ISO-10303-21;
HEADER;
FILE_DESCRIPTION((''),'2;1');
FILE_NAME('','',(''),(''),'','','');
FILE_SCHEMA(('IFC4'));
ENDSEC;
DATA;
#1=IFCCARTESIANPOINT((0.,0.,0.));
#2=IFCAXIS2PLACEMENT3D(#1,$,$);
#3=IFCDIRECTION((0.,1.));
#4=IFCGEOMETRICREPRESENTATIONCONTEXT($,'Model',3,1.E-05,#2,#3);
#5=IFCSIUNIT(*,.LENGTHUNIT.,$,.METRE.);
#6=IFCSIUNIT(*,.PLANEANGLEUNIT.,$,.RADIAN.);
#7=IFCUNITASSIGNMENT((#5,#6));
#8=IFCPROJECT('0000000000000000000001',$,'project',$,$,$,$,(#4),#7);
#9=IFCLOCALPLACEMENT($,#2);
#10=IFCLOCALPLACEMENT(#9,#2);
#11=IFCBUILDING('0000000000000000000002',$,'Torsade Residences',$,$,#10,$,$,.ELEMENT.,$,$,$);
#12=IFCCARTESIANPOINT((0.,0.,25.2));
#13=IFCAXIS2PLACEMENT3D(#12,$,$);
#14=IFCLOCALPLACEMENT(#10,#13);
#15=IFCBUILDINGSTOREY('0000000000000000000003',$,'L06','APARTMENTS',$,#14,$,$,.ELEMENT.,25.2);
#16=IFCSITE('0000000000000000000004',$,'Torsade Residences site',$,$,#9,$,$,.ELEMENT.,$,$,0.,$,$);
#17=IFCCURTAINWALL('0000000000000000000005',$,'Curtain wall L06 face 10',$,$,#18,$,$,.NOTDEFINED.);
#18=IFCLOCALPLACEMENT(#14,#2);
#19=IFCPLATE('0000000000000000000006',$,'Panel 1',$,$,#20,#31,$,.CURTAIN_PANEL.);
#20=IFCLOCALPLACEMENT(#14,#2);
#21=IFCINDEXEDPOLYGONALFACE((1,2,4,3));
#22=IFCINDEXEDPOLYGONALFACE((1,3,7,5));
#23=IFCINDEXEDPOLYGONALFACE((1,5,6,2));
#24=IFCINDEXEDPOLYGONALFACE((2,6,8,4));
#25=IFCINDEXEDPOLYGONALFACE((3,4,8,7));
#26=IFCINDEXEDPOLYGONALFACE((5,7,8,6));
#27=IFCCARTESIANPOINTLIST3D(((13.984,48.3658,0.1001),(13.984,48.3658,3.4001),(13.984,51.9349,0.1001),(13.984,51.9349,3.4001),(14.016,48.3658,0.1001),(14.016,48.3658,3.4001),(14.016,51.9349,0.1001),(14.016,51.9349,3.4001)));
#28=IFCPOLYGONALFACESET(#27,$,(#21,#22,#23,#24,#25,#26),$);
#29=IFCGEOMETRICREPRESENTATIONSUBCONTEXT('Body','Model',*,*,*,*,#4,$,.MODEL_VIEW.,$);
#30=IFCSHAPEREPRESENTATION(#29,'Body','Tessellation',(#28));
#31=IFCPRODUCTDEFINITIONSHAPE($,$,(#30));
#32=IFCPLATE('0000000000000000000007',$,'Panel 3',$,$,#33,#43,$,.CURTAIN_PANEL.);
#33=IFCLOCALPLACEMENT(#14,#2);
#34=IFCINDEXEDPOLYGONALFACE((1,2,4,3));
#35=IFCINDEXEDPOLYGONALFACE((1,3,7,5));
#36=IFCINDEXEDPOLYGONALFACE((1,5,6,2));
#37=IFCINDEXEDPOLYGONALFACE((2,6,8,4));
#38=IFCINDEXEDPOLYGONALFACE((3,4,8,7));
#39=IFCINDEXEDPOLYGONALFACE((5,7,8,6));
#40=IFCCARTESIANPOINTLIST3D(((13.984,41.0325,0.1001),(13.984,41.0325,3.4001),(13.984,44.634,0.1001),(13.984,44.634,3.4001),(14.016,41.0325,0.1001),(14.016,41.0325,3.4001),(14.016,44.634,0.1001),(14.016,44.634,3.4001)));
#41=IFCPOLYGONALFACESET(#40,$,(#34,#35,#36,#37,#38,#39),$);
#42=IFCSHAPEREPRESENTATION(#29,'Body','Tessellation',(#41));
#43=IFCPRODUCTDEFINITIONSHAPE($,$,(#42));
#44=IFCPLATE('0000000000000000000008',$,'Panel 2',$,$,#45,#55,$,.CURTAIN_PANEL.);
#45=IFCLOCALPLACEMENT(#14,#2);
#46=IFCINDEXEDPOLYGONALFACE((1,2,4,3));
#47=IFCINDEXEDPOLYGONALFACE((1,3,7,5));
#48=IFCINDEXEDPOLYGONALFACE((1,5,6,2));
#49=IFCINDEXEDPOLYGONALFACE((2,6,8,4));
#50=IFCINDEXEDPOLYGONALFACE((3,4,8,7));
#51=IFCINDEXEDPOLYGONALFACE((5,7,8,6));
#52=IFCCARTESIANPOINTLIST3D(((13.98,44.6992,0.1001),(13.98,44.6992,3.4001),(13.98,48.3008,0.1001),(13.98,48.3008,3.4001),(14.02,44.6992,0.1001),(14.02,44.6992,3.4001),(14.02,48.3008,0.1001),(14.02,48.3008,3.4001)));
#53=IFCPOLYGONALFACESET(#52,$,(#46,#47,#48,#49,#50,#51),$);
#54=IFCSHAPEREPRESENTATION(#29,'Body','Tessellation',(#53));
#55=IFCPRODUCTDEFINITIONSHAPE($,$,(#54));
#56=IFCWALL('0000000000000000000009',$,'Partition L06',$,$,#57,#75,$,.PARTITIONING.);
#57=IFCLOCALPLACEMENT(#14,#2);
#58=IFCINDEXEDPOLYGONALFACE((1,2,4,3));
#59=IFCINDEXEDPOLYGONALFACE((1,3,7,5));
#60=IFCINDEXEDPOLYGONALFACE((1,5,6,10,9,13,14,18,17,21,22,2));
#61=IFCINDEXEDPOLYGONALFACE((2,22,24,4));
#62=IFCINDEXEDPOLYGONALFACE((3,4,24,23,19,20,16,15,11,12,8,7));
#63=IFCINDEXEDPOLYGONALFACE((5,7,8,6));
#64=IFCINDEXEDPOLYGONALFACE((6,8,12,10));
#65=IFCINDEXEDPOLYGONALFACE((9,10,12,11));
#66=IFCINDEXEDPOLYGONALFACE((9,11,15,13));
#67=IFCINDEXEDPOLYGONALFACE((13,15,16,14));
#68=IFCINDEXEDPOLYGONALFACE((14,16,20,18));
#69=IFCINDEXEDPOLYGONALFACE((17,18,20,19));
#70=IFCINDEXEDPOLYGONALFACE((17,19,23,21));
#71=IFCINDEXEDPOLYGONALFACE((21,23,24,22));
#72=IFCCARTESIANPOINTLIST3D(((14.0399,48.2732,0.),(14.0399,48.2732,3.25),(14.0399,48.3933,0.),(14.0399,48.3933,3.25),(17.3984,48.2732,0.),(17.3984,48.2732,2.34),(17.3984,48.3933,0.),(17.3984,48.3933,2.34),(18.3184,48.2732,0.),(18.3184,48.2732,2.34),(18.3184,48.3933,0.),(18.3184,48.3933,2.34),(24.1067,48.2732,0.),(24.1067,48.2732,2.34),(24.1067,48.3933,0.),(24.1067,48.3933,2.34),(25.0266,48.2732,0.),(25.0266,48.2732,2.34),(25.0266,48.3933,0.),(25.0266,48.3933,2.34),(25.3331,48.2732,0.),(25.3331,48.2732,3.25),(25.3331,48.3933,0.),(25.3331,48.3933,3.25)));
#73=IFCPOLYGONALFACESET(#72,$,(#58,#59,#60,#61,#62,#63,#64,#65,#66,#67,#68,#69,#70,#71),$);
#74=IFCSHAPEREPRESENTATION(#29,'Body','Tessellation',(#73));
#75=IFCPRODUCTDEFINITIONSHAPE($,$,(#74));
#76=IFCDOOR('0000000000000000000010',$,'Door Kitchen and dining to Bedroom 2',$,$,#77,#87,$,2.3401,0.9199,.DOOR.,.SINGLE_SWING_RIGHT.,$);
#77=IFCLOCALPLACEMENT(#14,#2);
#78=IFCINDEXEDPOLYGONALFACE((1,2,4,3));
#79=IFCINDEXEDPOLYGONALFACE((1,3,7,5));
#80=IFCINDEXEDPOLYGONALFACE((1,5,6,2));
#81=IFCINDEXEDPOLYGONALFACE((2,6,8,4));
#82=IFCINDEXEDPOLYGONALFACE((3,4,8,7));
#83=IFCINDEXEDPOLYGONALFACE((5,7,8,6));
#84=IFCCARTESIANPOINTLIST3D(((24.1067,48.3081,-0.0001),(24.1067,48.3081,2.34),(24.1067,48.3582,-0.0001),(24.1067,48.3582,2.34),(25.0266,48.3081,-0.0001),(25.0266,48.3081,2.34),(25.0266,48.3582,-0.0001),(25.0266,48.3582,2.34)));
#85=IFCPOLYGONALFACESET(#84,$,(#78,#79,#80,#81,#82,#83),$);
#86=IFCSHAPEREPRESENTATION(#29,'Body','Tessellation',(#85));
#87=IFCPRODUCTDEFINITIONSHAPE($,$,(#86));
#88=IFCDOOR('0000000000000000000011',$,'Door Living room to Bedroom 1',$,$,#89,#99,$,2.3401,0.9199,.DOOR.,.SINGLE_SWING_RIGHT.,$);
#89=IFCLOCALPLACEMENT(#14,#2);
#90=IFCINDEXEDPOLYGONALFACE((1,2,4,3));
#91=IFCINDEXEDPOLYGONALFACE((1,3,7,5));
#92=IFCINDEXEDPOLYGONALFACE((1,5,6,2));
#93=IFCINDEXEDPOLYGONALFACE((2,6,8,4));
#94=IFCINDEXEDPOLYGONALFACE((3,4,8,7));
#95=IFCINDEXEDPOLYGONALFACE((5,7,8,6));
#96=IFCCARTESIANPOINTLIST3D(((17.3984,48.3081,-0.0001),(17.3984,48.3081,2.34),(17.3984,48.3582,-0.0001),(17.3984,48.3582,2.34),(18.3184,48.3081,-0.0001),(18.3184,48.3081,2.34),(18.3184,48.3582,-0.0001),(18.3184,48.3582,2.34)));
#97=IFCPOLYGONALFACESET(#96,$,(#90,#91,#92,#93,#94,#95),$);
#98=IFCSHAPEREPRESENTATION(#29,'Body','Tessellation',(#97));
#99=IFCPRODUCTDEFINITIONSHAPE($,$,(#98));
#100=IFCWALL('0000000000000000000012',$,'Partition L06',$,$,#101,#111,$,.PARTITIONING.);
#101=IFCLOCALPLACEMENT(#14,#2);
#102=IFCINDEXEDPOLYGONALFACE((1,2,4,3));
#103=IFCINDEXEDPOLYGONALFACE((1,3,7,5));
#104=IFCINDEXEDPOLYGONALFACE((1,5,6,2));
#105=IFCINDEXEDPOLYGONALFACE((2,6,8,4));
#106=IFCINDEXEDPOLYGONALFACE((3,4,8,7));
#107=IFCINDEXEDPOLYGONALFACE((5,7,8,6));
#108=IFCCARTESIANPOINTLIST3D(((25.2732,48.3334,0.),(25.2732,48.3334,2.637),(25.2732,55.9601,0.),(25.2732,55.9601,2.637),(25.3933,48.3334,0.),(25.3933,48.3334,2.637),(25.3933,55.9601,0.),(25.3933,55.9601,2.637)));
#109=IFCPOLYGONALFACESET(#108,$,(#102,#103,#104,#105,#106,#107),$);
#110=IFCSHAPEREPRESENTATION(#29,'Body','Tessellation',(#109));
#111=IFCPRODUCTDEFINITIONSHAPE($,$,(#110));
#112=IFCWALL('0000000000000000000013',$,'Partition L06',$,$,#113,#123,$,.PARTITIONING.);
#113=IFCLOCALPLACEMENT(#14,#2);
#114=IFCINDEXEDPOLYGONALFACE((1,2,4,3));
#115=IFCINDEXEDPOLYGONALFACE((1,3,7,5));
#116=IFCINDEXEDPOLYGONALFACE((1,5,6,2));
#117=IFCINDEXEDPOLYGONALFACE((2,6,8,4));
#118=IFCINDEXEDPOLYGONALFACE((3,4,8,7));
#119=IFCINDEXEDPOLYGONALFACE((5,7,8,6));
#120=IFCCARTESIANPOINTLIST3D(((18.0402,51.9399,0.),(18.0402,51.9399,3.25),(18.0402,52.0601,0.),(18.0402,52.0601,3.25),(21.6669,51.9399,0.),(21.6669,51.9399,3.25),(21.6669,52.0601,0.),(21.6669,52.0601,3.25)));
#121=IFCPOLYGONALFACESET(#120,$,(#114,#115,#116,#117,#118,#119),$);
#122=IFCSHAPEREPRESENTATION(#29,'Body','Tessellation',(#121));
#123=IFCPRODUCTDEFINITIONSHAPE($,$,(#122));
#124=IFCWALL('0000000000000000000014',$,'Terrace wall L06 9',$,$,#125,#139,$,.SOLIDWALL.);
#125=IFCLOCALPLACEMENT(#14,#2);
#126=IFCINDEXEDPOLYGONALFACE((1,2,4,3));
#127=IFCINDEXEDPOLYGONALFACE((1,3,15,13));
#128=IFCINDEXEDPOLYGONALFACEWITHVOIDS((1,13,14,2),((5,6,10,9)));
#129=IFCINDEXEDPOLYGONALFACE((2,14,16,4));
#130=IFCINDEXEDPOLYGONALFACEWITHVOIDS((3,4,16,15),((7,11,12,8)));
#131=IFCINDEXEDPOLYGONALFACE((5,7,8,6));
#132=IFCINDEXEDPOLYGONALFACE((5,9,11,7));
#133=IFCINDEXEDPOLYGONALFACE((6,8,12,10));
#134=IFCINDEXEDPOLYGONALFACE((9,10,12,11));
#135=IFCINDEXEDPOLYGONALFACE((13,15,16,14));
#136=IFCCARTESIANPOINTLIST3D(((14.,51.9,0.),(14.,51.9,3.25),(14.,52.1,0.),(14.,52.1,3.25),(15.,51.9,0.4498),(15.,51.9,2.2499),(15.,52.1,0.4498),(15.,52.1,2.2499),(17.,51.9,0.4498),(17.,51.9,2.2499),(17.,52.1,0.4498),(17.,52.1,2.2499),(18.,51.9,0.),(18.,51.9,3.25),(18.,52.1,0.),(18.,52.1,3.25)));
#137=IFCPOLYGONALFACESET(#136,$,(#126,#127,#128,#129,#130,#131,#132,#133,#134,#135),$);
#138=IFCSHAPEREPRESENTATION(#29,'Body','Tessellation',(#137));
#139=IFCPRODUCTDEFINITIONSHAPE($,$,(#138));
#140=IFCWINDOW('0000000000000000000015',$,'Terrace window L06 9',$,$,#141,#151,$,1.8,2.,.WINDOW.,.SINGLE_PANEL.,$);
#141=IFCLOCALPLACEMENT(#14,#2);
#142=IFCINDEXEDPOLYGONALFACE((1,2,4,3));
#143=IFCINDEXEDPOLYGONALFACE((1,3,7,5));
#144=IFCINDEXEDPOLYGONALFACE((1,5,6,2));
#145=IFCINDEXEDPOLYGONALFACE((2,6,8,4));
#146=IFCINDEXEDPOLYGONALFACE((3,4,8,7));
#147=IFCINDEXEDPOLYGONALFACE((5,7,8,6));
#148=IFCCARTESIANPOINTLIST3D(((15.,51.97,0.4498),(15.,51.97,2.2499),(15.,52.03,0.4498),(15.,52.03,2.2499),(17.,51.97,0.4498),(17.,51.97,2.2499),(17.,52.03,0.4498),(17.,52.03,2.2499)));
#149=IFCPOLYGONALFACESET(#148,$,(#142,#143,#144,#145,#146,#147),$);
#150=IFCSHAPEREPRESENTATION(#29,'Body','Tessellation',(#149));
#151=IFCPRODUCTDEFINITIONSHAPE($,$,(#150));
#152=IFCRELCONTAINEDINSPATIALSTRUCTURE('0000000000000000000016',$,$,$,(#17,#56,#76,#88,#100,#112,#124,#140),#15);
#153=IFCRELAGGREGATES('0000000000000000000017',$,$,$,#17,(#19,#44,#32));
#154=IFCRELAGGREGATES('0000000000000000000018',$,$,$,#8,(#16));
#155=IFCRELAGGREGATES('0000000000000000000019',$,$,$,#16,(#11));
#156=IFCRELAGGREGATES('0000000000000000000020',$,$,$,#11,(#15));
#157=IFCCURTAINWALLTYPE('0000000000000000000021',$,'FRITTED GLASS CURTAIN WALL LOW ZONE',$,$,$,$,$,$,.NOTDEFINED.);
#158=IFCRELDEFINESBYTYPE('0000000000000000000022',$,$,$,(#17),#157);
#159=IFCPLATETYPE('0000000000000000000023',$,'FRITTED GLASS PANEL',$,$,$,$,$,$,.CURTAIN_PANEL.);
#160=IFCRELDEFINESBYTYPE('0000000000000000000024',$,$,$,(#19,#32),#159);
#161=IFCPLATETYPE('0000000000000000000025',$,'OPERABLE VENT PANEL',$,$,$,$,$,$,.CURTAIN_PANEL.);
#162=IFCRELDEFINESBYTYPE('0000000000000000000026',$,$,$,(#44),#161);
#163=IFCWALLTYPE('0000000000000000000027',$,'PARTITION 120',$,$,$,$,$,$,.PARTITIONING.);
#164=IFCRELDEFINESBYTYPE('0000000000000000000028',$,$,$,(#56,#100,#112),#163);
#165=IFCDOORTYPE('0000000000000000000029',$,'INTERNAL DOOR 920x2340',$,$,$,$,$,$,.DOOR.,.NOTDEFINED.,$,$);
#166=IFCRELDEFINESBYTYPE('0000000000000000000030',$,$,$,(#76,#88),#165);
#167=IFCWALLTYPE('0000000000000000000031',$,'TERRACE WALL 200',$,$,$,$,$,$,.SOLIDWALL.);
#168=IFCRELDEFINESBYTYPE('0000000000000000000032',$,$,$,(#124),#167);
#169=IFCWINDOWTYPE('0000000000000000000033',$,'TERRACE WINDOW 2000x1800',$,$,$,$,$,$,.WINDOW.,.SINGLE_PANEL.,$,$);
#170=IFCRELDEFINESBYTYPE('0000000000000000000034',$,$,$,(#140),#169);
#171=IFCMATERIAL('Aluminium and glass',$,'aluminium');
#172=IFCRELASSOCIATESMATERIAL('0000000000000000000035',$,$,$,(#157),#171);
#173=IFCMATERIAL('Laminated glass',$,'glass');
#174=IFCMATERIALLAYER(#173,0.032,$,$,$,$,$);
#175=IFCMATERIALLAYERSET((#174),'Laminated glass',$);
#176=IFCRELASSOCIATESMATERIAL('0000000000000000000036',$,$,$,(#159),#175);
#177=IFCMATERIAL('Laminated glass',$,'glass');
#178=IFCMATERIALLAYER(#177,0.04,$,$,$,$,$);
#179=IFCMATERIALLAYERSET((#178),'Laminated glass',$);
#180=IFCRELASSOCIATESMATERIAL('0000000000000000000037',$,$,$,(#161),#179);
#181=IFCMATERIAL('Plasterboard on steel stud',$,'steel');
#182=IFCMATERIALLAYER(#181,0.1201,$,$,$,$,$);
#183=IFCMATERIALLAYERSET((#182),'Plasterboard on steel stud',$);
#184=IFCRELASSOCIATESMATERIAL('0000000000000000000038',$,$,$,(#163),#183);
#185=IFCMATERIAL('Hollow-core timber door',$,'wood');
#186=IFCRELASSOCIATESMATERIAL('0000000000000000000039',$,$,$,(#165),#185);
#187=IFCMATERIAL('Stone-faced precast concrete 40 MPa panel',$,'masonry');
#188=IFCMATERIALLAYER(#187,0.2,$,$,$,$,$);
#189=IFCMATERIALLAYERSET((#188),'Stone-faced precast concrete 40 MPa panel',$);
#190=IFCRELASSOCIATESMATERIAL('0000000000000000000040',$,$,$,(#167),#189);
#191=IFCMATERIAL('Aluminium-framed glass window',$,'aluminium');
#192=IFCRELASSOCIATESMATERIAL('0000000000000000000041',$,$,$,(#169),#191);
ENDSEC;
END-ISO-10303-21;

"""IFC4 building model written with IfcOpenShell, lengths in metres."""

from ifc_helpers import new_model, si_unit, direction, frame, frame_2d, origin, origin_2d, place, context, subcontext, project, spatial, rectangle, extrude, material, layer, layer_set, type_object, element, fill, aggregate, save


model = new_model("IFC4")

# Units and contexts
model_context = context("Model", 3, precision=1e-05, world=origin(), true_north=direction((0.0, 1.0)))
body_context = subcontext(model_context, "Body", "Model", "MODEL_VIEW")
ifc_project = project(units=[si_unit("LENGTHUNIT", "METRE"), si_unit("PLANEANGLEUNIT", "RADIAN")], contexts=[model_context])

# Site, building, storey
site_placement = place(None, origin())
site = spatial("IfcSite", under=ifc_project, at=site_placement, Name="Torsade Residences site", CompositionType="ELEMENT", RefElevation=0.0)
building_placement = place(site_placement, origin())
building = spatial("IfcBuilding", under=site, at=building_placement, Name="Torsade Residences", CompositionType="ELEMENT")
storey_placement = place(building_placement, frame((0.0, 0.0, 25.2)))
storey = spatial("IfcBuildingStorey", under=building, at=storey_placement, Name="L06", Description="APARTMENTS", CompositionType="ELEMENT", Elevation=25.2)

# Curtain wall
ifc_material_1 = material(Name="Aluminium and glass", Category="aluminium")
curtain_wall_type = type_object("IfcCurtainWallType", Name="FRITTED GLASS CURTAIN WALL LOW ZONE", PredefinedType="NOTDEFINED", material=ifc_material_1)
curtain_wall_placement = place(storey_placement, origin())
curtain_wall = element("IfcCurtainWall", 1, at=curtain_wall_placement, inside=storey, type_object=curtain_wall_type, Name="Curtain wall L06 face 10", PredefinedType="NOTDEFINED")

# Plates
ifc_material_2 = material(Name="Laminated glass", Category="glass")
ifc_layer_1 = layer(ifc_material_2, 0.032)
ifc_layer_set_1 = layer_set([ifc_layer_1], Name="Laminated glass")
plate_type_1 = type_object("IfcPlateType", Name="FRITTED GLASS PANEL", PredefinedType="CURTAIN_PANEL", material=ifc_layer_set_1)
plate_1_placement = place(storey_placement, frame((14.0, 50.1504, 0.1001), z_axis=(0.0, 0.0, 1.0), x_axis=(0.0, -1.0, 0.0)))
plate_1 = element("IfcPlate", 2, at=plate_1_placement, type_object=plate_type_1, Name="Panel 1", PredefinedType="CURTAIN_PANEL", context=body_context, shape_type="SweptSolid", body=[
    extrude(rectangle(XDim=3.5691, YDim=0.032, at=origin_2d()), origin(), (0.0, 0.0, 1.0), 3.3),
])
plate_2_placement = place(storey_placement, frame((14.0, 42.8333, 0.1001), z_axis=(0.0, 0.0, 1.0), x_axis=(0.0, -1.0, 0.0)))
plate_2 = element("IfcPlate", 3, at=plate_2_placement, type_object=plate_type_1, Name="Panel 3", PredefinedType="CURTAIN_PANEL", context=body_context, shape_type="SweptSolid", body=[
    extrude(rectangle(XDim=3.6016, YDim=0.032, at=origin_2d()), origin(), (0.0, 0.0, 1.0), 3.3),
])
ifc_material_3 = material(Name="Laminated glass", Category="glass")
ifc_layer_2 = layer(ifc_material_3, 0.04)
ifc_layer_set_2 = layer_set([ifc_layer_2], Name="Laminated glass")
plate_type_2 = type_object("IfcPlateType", Name="OPERABLE VENT PANEL", PredefinedType="CURTAIN_PANEL", material=ifc_layer_set_2)
plate_3_placement = place(storey_placement, frame((14.0, 46.5, 0.1001), z_axis=(0.0, 0.0, 1.0), x_axis=(0.0, -1.0, 0.0)))
plate_3 = element("IfcPlate", 4, at=plate_3_placement, type_object=plate_type_2, Name="Panel 2", PredefinedType="CURTAIN_PANEL", context=body_context, shape_type="SweptSolid", body=[
    extrude(rectangle(XDim=3.6016, YDim=0.04, at=origin_2d()), origin(), (0.0, 0.0, 1.0), 3.3),
])
aggregate(curtain_wall, [plate_1, plate_3, plate_2])

# Wall, openings, doors
ifc_material_4 = material(Name="Plasterboard on steel stud", Category="steel")
ifc_layer_3 = layer(ifc_material_4, 0.1201)
ifc_layer_set_3 = layer_set([ifc_layer_3], Name="Plasterboard on steel stud")
wall_type_1 = type_object("IfcWallType", Name="PARTITION 120", PredefinedType="PARTITIONING", material=ifc_layer_set_3)
wall_1_placement = place(storey_placement, frame((14.04, 48.3333, 0.0), z_axis=(0.0, 0.0, 1.0), x_axis=(1.0, 0.0, 0.0)))
wall_1 = element("IfcWall", 5, at=wall_1_placement, inside=storey, type_object=wall_type_1, Name="Partition L06", PredefinedType="PARTITIONING", context=body_context, shape_type="SweptSolid", body=[
    extrude(rectangle(XDim=11.2932, YDim=0.1201, at=frame_2d((5.6465, 0.0))), origin(), (0.0, 0.0, 1.0), 3.25),
])
opening_1_placement = place(wall_1_placement, frame((10.0667, 0.0, 0.0)))
opening_1 = element("IfcOpeningElement", 6, at=opening_1_placement, cuts=wall_1, PredefinedType="OPENING", context=body_context, shape_type="SweptSolid", body=[
    extrude(rectangle(XDim=0.9199, YDim=2.3401, at=frame_2d((0.46, 1.1699))), frame((0.0, 0.0701, 0.0), z_axis=(0.0, -1.0, 0.0), x_axis=(1.0, 0.0, 0.0)), (0.0, 0.0, 1.0), 0.1401),
])
opening_2_placement = place(wall_1_placement, frame((3.3584, 0.0, 0.0)))
opening_2 = element("IfcOpeningElement", 7, at=opening_2_placement, cuts=wall_1, PredefinedType="OPENING", context=body_context, shape_type="SweptSolid", body=[
    extrude(rectangle(XDim=0.9199, YDim=2.3401, at=frame_2d((0.46, 1.1699))), frame((0.0, 0.0701, 0.0), z_axis=(0.0, -1.0, 0.0), x_axis=(1.0, 0.0, 0.0)), (0.0, 0.0, 1.0), 0.1401),
])
ifc_material_5 = material(Name="Hollow-core timber door", Category="wood")
door_type = type_object("IfcDoorType", Name="INTERNAL DOOR 920x2340", OperationType="NOTDEFINED", PredefinedType="DOOR", material=ifc_material_5)
door_1_placement = place(opening_1_placement, origin())
door_1 = element("IfcDoor", 8, at=door_1_placement, inside=storey, type_object=door_type, Name="Door Kitchen and dining to Bedroom 2", OperationType="SINGLE_SWING_RIGHT", OverallHeight=2.3401, OverallWidth=0.9199, PredefinedType="DOOR", context=body_context, shape_type="SweptSolid", body=[
    extrude(rectangle(XDim=0.9199, YDim=2.3401, at=frame_2d((0.46, 1.1699))), frame((0.0, 0.0249, 0.0), z_axis=(0.0, -1.0, 0.0), x_axis=(1.0, 0.0, 0.0)), (0.0, 0.0, 1.0), 0.05),
])
fill(opening_1, door_1)
door_2_placement = place(opening_2_placement, origin())
door_2 = element("IfcDoor", 9, at=door_2_placement, inside=storey, type_object=door_type, Name="Door Living room to Bedroom 1", OperationType="SINGLE_SWING_RIGHT", OverallHeight=2.3401, OverallWidth=0.9199, PredefinedType="DOOR", context=body_context, shape_type="SweptSolid", body=[
    extrude(rectangle(XDim=0.9199, YDim=2.3401, at=frame_2d((0.46, 1.1699))), frame((0.0, 0.0249, 0.0), z_axis=(0.0, -1.0, 0.0), x_axis=(1.0, 0.0, 0.0)), (0.0, 0.0, 1.0), 0.05),
])
fill(opening_2, door_2)

# Walls
wall_2_placement = place(storey_placement, frame((25.3333, 48.3333, 0.0), z_axis=(0.0, 0.0, 1.0), x_axis=(0.0, 1.0, 0.0)))
element("IfcWall", 10, at=wall_2_placement, inside=storey, type_object=wall_type_1, Name="Partition L06", PredefinedType="PARTITIONING", context=body_context, shape_type="SweptSolid", body=[
    extrude(rectangle(XDim=7.6267, YDim=0.1201, at=frame_2d((3.8135, 0.0))), origin(), (0.0, 0.0, 1.0), 2.637),
])
wall_3_placement = place(storey_placement, frame((18.04, 52.0, 0.0), z_axis=(0.0, 0.0, 1.0), x_axis=(1.0, 0.0, 0.0)))
element("IfcWall", 11, at=wall_3_placement, inside=storey, type_object=wall_type_1, Name="Partition L06", PredefinedType="PARTITIONING", context=body_context, shape_type="SweptSolid", body=[
    extrude(rectangle(XDim=3.6267, YDim=0.1201, at=frame_2d((1.8135, 0.0))), origin(), (0.0, 0.0, 1.0), 3.25),
])

# Wall, opening, window
ifc_material_6 = material(Name="Stone-faced precast concrete 40 MPa panel", Category="masonry")
ifc_layer_4 = layer(ifc_material_6, 0.2)
ifc_layer_set_4 = layer_set([ifc_layer_4], Name="Stone-faced precast concrete 40 MPa panel")
wall_type_2 = type_object("IfcWallType", Name="TERRACE WALL 200", PredefinedType="SOLIDWALL", material=ifc_layer_set_4)
wall_4_placement = place(storey_placement, frame((18.0, 52.0, 0.0), z_axis=(0.0, 0.0, 1.0), x_axis=(-1.0, 0.0, 0.0)))
wall_4 = element("IfcWall", 12, at=wall_4_placement, inside=storey, type_object=wall_type_2, Name="Terrace wall L06 9", PredefinedType="SOLIDWALL", context=body_context, shape_type="SweptSolid", body=[
    extrude(rectangle(XDim=4.0, YDim=0.2, at=frame_2d((2.0, 0.0))), origin(), (0.0, 0.0, 1.0), 3.25),
])
opening_3_placement = place(wall_4_placement, frame((1.0, 0.0, 0.45)))
opening_3 = element("IfcOpeningElement", 13, at=opening_3_placement, cuts=wall_4, PredefinedType="OPENING", context=body_context, shape_type="SweptSolid", body=[
    extrude(rectangle(XDim=2.0, YDim=1.8, at=frame_2d((1.0, 0.8999))), frame((0.0, 0.1099, 0.0), z_axis=(0.0, -1.0, 0.0), x_axis=(1.0, 0.0, 0.0)), (0.0, 0.0, 1.0), 0.22),
])
ifc_material_7 = material(Name="Aluminium-framed glass window", Category="aluminium")
window_type = type_object("IfcWindowType", Name="TERRACE WINDOW 2000x1800", PartitioningType="SINGLE_PANEL", PredefinedType="WINDOW", material=ifc_material_7)
window_placement = place(opening_3_placement, origin())
window = element("IfcWindow", 14, at=window_placement, inside=storey, type_object=window_type, Name="Terrace window L06 9", OverallHeight=1.8, OverallWidth=2.0, PartitioningType="SINGLE_PANEL", PredefinedType="WINDOW", context=body_context, shape_type="SweptSolid", body=[
    extrude(rectangle(XDim=2.0, YDim=1.8, at=frame_2d((1.0, 0.8999))), frame((0.0, 0.03, 0.0), z_axis=(0.0, -1.0, 0.0), x_axis=(1.0, 0.0, 0.0)), (0.0, 0.0, 1.0), 0.0601),
])
fill(opening_3, window)

save(model, "model.ifc")
